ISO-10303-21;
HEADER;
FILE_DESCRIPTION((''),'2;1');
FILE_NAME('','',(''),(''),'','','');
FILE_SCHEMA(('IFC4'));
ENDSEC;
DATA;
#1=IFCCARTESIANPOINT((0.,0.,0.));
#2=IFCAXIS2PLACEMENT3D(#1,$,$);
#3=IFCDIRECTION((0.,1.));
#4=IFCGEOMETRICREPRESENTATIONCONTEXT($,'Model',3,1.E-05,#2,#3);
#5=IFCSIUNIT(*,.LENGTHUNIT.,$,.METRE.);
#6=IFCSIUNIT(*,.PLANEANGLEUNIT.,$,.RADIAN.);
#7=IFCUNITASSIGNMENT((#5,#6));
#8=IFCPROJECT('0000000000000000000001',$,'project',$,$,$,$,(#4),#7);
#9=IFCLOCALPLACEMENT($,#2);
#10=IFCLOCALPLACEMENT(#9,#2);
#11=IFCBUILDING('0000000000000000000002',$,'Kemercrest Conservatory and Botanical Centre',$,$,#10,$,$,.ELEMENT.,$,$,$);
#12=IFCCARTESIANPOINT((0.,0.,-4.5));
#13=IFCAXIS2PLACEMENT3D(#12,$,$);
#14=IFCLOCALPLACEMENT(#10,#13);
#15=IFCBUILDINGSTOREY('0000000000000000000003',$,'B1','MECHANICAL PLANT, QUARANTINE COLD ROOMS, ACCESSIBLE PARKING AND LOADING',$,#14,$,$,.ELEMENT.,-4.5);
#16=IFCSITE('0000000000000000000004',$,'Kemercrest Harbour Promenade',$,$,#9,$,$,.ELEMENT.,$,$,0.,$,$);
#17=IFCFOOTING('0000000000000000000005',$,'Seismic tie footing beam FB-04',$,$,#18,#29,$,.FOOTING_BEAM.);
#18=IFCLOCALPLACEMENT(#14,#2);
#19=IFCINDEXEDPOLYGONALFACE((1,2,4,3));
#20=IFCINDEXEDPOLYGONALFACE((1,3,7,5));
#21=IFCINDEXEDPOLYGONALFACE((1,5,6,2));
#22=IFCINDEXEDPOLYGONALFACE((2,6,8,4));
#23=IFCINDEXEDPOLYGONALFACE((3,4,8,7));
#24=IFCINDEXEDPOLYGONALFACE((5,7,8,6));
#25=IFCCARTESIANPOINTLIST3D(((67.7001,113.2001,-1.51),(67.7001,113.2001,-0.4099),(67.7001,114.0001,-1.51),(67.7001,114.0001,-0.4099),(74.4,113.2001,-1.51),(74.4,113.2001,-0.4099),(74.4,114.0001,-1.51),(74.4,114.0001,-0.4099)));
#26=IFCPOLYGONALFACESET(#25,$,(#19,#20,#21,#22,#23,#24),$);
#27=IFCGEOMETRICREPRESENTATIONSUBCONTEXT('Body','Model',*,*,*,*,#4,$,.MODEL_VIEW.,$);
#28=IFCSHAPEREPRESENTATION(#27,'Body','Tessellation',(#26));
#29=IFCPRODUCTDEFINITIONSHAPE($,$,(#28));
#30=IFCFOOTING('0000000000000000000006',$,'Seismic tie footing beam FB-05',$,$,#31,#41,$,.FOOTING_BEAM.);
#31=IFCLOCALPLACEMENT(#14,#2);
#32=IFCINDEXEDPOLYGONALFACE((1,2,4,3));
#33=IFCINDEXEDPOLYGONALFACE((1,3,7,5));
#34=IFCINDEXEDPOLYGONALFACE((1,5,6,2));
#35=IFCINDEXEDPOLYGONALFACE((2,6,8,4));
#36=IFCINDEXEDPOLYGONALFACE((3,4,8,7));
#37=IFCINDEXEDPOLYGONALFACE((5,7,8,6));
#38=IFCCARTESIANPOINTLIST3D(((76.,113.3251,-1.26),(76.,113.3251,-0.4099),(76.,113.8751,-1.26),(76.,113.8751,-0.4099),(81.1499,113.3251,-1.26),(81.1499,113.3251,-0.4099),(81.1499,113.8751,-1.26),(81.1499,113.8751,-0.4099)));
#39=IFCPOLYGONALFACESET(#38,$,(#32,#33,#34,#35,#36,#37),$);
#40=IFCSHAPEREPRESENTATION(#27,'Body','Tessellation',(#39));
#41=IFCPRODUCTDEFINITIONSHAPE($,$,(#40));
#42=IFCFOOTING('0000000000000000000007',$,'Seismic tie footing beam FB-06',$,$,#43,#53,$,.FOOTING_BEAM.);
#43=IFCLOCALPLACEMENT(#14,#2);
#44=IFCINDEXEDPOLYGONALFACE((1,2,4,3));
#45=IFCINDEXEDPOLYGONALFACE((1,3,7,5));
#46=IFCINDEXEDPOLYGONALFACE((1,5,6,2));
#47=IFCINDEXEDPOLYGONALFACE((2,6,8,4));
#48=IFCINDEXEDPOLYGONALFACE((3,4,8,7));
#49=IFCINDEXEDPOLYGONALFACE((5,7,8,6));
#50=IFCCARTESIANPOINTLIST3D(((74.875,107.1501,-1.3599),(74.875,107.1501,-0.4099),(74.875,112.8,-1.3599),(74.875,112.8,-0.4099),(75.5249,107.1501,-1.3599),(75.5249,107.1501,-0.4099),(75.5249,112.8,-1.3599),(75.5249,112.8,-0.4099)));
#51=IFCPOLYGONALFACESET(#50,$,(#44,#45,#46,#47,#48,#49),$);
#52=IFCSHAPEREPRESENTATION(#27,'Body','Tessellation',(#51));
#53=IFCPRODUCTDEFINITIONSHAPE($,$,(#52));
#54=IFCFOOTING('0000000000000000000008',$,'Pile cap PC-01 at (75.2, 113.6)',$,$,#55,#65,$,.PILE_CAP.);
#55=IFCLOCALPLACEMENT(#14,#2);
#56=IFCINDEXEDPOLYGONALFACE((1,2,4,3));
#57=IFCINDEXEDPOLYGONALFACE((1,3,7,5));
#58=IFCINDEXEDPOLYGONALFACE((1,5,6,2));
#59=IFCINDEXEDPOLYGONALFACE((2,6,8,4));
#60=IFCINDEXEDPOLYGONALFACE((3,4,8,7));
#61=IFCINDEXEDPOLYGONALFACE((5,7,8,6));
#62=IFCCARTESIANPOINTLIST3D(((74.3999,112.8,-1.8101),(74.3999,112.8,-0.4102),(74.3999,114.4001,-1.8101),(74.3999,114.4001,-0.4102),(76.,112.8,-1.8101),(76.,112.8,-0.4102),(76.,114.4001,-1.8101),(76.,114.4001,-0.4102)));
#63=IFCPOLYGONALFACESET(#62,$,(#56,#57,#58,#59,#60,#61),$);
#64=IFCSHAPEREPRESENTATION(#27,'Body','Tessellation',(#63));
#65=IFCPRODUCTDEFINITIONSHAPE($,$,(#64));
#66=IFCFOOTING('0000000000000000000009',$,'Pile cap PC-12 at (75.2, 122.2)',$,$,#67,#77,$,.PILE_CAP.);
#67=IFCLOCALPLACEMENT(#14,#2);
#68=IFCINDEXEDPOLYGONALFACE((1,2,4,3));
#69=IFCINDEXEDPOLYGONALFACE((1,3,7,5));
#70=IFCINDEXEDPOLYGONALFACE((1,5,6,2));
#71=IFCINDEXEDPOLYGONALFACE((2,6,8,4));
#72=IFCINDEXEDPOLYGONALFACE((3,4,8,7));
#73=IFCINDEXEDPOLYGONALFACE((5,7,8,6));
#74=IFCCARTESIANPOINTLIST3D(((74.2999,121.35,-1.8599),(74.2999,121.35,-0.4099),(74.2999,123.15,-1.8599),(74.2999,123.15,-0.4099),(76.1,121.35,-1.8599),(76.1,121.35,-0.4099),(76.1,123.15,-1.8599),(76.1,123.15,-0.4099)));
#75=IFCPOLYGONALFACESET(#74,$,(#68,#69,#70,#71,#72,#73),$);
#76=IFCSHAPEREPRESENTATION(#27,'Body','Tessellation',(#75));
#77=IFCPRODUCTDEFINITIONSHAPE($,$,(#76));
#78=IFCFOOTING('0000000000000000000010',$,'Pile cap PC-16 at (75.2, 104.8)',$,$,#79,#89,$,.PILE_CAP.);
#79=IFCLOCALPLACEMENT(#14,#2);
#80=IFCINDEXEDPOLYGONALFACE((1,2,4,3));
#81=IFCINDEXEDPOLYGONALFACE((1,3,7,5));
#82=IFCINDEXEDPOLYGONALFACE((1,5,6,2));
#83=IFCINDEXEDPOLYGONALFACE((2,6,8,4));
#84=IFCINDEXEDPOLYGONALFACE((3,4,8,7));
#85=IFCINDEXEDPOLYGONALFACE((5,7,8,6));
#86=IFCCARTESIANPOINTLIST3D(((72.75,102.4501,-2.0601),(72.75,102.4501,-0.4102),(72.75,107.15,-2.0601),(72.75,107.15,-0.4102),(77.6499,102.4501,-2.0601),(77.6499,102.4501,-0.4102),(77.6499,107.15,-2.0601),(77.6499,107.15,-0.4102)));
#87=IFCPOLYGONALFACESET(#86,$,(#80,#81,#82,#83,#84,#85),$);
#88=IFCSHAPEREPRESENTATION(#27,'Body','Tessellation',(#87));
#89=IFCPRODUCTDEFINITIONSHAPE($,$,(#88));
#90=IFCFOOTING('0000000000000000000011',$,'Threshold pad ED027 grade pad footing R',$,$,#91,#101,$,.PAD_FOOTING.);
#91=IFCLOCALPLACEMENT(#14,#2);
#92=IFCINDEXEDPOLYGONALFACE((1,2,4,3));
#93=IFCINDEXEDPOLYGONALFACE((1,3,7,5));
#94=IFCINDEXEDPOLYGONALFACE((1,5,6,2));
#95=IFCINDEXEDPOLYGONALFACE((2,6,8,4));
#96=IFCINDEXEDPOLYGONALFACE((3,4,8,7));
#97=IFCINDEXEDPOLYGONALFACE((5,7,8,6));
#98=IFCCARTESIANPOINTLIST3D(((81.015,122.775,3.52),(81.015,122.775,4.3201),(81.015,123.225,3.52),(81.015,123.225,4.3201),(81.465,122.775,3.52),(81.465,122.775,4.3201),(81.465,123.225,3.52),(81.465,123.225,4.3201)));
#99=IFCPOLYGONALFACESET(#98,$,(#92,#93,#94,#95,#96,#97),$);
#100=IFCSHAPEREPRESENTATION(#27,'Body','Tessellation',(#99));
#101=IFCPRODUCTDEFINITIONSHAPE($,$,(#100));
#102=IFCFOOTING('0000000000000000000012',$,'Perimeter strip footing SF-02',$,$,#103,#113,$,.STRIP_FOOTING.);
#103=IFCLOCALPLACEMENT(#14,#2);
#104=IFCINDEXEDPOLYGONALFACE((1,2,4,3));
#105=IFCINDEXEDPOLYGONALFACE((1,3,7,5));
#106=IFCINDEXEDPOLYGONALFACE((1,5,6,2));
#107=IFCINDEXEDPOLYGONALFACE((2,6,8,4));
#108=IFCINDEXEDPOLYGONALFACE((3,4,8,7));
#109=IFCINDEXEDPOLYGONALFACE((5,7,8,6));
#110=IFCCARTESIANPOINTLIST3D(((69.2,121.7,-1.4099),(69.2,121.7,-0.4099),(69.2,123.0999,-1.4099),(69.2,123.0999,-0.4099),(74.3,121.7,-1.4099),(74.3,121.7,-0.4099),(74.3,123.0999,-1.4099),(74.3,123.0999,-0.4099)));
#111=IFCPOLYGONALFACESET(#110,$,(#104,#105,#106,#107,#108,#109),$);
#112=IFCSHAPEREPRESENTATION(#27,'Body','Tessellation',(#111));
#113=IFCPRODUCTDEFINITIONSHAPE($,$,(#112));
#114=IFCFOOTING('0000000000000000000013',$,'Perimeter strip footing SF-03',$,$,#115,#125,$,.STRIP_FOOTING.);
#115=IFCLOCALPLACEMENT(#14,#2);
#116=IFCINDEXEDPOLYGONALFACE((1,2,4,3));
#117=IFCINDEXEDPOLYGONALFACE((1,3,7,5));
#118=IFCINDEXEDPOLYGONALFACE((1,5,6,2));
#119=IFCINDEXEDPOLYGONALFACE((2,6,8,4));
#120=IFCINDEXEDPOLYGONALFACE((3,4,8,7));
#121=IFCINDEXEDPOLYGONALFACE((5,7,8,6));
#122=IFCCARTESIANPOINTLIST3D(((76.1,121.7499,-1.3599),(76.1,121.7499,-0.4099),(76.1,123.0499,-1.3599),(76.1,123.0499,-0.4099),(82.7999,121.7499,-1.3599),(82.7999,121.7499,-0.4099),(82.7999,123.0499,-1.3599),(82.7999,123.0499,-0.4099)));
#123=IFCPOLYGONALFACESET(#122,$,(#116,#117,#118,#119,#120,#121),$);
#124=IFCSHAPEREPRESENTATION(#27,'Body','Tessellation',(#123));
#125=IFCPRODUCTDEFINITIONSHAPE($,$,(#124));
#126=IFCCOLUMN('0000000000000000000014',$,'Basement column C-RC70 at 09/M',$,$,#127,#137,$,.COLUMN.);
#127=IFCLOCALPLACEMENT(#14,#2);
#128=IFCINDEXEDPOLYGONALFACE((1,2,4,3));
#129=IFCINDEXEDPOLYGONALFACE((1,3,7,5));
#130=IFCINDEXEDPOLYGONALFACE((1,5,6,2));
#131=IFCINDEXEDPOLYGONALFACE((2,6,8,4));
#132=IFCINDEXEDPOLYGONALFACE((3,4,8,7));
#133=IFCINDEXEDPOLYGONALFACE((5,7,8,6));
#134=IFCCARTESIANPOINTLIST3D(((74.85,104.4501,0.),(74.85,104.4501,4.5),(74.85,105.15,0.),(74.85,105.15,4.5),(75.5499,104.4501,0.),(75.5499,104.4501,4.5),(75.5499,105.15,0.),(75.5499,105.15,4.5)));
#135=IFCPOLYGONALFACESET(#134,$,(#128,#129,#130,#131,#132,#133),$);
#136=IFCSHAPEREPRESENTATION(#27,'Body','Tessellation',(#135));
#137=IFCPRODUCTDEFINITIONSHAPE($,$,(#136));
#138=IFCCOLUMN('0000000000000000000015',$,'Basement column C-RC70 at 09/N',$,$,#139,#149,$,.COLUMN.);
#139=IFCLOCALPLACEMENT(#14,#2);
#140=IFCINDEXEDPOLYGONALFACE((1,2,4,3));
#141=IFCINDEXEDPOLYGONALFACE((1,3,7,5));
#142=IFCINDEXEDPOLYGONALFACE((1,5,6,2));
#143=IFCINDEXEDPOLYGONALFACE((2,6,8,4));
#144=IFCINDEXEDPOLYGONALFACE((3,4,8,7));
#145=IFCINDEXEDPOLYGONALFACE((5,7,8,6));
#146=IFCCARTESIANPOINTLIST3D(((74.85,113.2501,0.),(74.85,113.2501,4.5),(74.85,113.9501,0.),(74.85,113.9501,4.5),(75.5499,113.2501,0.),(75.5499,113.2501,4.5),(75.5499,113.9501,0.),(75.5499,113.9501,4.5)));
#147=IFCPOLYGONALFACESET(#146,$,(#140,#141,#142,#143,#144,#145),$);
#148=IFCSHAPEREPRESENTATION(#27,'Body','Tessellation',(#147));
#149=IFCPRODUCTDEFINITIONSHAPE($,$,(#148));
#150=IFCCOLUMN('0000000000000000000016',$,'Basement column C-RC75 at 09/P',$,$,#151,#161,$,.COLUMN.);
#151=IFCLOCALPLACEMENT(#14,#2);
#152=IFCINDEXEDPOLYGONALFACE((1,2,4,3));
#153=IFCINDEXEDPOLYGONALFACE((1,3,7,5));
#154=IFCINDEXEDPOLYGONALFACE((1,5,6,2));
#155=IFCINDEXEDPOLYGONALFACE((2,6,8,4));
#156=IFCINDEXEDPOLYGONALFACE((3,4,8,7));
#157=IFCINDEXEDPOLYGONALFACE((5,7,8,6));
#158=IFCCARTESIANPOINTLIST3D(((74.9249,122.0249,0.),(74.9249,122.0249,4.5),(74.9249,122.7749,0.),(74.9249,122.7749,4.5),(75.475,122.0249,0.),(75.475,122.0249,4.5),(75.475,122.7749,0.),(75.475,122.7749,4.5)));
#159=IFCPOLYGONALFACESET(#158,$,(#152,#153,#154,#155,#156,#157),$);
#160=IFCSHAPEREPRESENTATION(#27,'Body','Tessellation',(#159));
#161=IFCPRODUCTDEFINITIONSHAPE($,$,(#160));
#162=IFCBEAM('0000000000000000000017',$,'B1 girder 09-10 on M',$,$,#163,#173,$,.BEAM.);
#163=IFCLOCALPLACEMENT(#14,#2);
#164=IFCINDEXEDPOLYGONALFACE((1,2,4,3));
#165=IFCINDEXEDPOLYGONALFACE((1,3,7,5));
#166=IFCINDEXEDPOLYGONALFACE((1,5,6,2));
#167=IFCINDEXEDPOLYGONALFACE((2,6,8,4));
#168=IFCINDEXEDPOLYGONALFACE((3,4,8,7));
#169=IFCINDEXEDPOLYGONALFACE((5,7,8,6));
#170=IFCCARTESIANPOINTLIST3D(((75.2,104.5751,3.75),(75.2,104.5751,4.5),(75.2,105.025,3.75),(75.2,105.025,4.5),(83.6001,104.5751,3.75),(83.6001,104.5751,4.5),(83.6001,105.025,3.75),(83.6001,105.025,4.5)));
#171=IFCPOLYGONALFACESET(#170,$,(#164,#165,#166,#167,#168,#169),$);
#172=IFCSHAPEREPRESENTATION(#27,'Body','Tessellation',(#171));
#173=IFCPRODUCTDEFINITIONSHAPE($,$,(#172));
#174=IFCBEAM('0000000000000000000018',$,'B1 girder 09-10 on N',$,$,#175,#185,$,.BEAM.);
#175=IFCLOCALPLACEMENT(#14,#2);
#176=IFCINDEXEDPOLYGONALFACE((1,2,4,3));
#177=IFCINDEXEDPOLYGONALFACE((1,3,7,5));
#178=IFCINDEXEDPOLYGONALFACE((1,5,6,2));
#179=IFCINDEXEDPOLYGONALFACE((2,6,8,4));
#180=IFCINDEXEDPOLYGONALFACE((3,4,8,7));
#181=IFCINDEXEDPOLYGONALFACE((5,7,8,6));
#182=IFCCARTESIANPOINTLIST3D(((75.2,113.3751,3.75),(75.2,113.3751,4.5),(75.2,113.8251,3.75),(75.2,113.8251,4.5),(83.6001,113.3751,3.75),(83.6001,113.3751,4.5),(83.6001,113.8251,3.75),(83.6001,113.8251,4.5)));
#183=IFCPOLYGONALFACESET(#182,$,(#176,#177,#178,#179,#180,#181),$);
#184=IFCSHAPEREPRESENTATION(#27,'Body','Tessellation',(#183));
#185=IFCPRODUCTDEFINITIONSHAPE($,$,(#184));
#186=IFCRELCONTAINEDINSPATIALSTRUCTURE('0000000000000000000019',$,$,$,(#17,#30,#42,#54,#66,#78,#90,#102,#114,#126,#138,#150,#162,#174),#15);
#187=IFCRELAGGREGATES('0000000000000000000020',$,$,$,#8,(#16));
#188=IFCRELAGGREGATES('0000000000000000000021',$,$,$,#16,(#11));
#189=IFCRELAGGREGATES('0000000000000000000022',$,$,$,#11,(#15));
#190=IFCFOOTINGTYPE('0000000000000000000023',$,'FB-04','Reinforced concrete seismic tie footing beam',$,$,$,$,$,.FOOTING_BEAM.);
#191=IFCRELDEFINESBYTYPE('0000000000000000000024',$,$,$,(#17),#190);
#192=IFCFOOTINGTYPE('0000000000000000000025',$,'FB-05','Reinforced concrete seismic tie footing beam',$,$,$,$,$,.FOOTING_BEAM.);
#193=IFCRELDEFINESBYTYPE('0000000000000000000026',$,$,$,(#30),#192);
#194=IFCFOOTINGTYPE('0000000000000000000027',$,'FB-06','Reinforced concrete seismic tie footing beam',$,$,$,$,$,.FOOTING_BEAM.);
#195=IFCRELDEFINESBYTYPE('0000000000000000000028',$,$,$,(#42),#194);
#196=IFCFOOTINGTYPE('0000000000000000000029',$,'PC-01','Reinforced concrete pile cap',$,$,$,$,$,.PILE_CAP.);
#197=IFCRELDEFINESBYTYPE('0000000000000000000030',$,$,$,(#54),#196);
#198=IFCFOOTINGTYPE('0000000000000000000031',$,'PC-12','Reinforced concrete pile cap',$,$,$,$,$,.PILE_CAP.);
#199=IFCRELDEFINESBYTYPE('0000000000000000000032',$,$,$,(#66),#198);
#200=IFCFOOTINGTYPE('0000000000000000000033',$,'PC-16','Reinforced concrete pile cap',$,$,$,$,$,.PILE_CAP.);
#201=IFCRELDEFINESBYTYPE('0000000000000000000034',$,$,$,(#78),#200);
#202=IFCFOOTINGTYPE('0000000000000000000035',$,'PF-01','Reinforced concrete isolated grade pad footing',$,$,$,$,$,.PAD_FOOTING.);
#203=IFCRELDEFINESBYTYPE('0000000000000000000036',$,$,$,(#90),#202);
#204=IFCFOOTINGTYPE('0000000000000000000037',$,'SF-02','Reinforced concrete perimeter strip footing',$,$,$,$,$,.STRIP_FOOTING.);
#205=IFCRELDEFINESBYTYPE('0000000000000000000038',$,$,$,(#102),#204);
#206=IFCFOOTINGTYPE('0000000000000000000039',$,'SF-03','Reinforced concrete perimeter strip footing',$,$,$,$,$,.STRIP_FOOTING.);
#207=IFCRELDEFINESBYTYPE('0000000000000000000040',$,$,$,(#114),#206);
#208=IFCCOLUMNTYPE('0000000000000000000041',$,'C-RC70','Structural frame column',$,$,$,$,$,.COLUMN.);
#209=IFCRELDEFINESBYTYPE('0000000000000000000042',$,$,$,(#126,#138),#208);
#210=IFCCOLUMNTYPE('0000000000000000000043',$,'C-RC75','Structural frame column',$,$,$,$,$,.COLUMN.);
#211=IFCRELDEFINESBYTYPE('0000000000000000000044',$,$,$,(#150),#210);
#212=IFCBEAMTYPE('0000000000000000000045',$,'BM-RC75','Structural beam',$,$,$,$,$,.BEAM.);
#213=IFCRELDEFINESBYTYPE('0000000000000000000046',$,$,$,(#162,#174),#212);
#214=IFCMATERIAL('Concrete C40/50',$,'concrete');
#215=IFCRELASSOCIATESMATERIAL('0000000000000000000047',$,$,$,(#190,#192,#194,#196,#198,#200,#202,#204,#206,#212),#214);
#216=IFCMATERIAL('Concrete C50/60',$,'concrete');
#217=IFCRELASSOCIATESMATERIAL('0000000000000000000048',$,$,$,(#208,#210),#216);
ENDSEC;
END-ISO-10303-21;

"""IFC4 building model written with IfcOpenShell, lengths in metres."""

from ifc_helpers import new_model, si_unit, direction, frame, origin, origin_2d, place, context, subcontext, project, spatial, rectangle, extrude, material, material_profile, profile_set, type_object, element, save


model = new_model("IFC4")

# Units and contexts
model_context = context("Model", 3, precision=1e-05, world=origin(), true_north=direction((0.0, 1.0)))
body_context = subcontext(model_context, "Body", "Model", "MODEL_VIEW")
ifc_project = project(units=[si_unit("LENGTHUNIT", "METRE"), si_unit("PLANEANGLEUNIT", "RADIAN")], contexts=[model_context])

# Site, building, storey
site_placement = place(None, origin())
site = spatial("IfcSite", under=ifc_project, at=site_placement, Name="Kemercrest Harbour Promenade", CompositionType="ELEMENT", RefElevation=0.0)
building_placement = place(site_placement, origin())
building = spatial("IfcBuilding", under=site, at=building_placement, Name="Kemercrest Conservatory and Botanical Centre", CompositionType="ELEMENT")
storey_placement = place(building_placement, frame((0.0, 0.0, -4.5)))
storey = spatial("IfcBuildingStorey", under=building, at=storey_placement, Name="B1", Description="MECHANICAL PLANT, QUARANTINE COLD ROOMS, ACCESSIBLE PARKING AND LOADING", CompositionType="ELEMENT", Elevation=-4.5)

# Shared definitions
ifc_material_1 = material(Name="Concrete C40/50", Category="concrete")

# Footings
footing_type_1 = type_object("IfcFootingType", Name="FB-04", Description="Reinforced concrete seismic tie footing beam", PredefinedType="FOOTING_BEAM", material=ifc_material_1)
footing_1_placement = place(storey_placement, frame((71.05, 113.6001, -1.51), z_axis=(0.0, 0.0, 1.0), x_axis=(1.0, 0.0, 0.0)))
element("IfcFooting", 1, at=footing_1_placement, inside=storey, type_object=footing_type_1, Name="Seismic tie footing beam FB-04", PredefinedType="FOOTING_BEAM", context=body_context, shape_type="SweptSolid", body=[
    extrude(rectangle(XDim=6.7, YDim=0.8, at=origin_2d()), origin(), (0.0, 0.0, 1.0), 1.1001),
])
footing_type_2 = type_object("IfcFootingType", Name="FB-05", Description="Reinforced concrete seismic tie footing beam", PredefinedType="FOOTING_BEAM", material=ifc_material_1)
footing_2_placement = place(storey_placement, frame((78.575, 113.6001, -1.26), z_axis=(0.0, 0.0, 1.0), x_axis=(1.0, 0.0, 0.0)))
element("IfcFooting", 2, at=footing_2_placement, inside=storey, type_object=footing_type_2, Name="Seismic tie footing beam FB-05", PredefinedType="FOOTING_BEAM", context=body_context, shape_type="SweptSolid", body=[
    extrude(rectangle(XDim=5.1499, YDim=0.55, at=origin_2d()), origin(), (0.0, 0.0, 1.0), 0.8501),
])
footing_type_3 = type_object("IfcFootingType", Name="FB-06", Description="Reinforced concrete seismic tie footing beam", PredefinedType="FOOTING_BEAM", material=ifc_material_1)
footing_3_placement = place(storey_placement, frame((75.2, 109.9751, -1.3599), z_axis=(0.0, 0.0, 1.0), x_axis=(1.0, 0.0, 0.0)))
element("IfcFooting", 3, at=footing_3_placement, inside=storey, type_object=footing_type_3, Name="Seismic tie footing beam FB-06", PredefinedType="FOOTING_BEAM", context=body_context, shape_type="SweptSolid", body=[
    extrude(rectangle(XDim=0.6499, YDim=5.6499, at=origin_2d()), origin(), (0.0, 0.0, 1.0), 0.95),
])
footing_type_4 = type_object("IfcFootingType", Name="PC-01", Description="Reinforced concrete pile cap", PredefinedType="PILE_CAP", material=ifc_material_1)
footing_4_placement = place(storey_placement, frame((75.2, 113.6001, -1.8101), z_axis=(0.0, 0.0, 1.0), x_axis=(1.0, 0.0, 0.0)))
element("IfcFooting", 4, at=footing_4_placement, inside=storey, type_object=footing_type_4, Name="Pile cap PC-01 at (75.2, 113.6)", PredefinedType="PILE_CAP", context=body_context, shape_type="SweptSolid", body=[
    extrude(rectangle(XDim=1.6001, YDim=1.6001, at=origin_2d()), origin(), (0.0, 0.0, 1.0), 1.3999),
])
footing_type_5 = type_object("IfcFootingType", Name="PC-12", Description="Reinforced concrete pile cap", PredefinedType="PILE_CAP", material=ifc_material_1)
footing_5_placement = place(storey_placement, frame((75.2, 122.25, -1.8599), z_axis=(0.0, 0.0, 1.0), x_axis=(1.0, 0.0, 0.0)))
element("IfcFooting", 5, at=footing_5_placement, inside=storey, type_object=footing_type_5, Name="Pile cap PC-12 at (75.2, 122.2)", PredefinedType="PILE_CAP", context=body_context, shape_type="SweptSolid", body=[
    extrude(rectangle(XDim=1.8, YDim=1.8, at=origin_2d()), origin(), (0.0, 0.0, 1.0), 1.45),
])
footing_type_6 = type_object("IfcFootingType", Name="PC-16", Description="Reinforced concrete pile cap", PredefinedType="PILE_CAP", material=ifc_material_1)
footing_6_placement = place(storey_placement, frame((75.2, 104.8, -2.0601), z_axis=(0.0, 0.0, 1.0), x_axis=(1.0, 0.0, 0.0)))
element("IfcFooting", 6, at=footing_6_placement, inside=storey, type_object=footing_type_6, Name="Pile cap PC-16 at (75.2, 104.8)", PredefinedType="PILE_CAP", context=body_context, shape_type="SweptSolid", body=[
    extrude(rectangle(XDim=4.8999, YDim=4.7, at=origin_2d()), origin(), (0.0, 0.0, 1.0), 1.6499),
])
footing_type_7 = type_object("IfcFootingType", Name="PF-01", Description="Reinforced concrete isolated grade pad footing", PredefinedType="PAD_FOOTING", material=ifc_material_1)
footing_7_placement = place(storey_placement, frame((81.24, 123.0, 3.52), z_axis=(0.0, 0.0, 1.0), x_axis=(-1.0, 0.0, 0.0)))
element("IfcFooting", 7, at=footing_7_placement, inside=storey, type_object=footing_type_7, Name="Threshold pad ED027 grade pad footing R", PredefinedType="PAD_FOOTING", context=body_context, shape_type="SweptSolid", body=[
    extrude(rectangle(XDim=0.45, YDim=0.45, at=origin_2d()), origin(), (0.0, 0.0, 1.0), 0.8),
])
footing_type_8 = type_object("IfcFootingType", Name="SF-02", Description="Reinforced concrete perimeter strip footing", PredefinedType="STRIP_FOOTING", material=ifc_material_1)
footing_8_placement = place(storey_placement, frame((71.75, 122.3999, -1.4099), z_axis=(0.0, 0.0, 1.0), x_axis=(1.0, 0.0, 0.0)))
element("IfcFooting", 8, at=footing_8_placement, inside=storey, type_object=footing_type_8, Name="Perimeter strip footing SF-02", PredefinedType="STRIP_FOOTING", context=body_context, shape_type="SweptSolid", body=[
    extrude(rectangle(XDim=5.1001, YDim=1.3999, at=origin_2d()), origin(), (0.0, 0.0, 1.0), 1.0),
])
footing_type_9 = type_object("IfcFootingType", Name="SF-03", Description="Reinforced concrete perimeter strip footing", PredefinedType="STRIP_FOOTING", material=ifc_material_1)
footing_9_placement = place(storey_placement, frame((79.45, 122.3999, -1.3599), z_axis=(0.0, 0.0, 1.0), x_axis=(1.0, 0.0, 0.0)))
element("IfcFooting", 9, at=footing_9_placement, inside=storey, type_object=footing_type_9, Name="Perimeter strip footing SF-03", PredefinedType="STRIP_FOOTING", context=body_context, shape_type="SweptSolid", body=[
    extrude(rectangle(XDim=6.7, YDim=1.3, at=origin_2d()), origin(), (0.0, 0.0, 1.0), 0.95),
])

# Columns
ifc_material_2 = material(Name="Concrete C50/60", Category="concrete")
ifc_material_profile_1 = material_profile(ifc_material_2, rectangle(XDim=0.7, YDim=0.7, at=origin_2d()), Name="RC 700x700")
ifc_profile_set_1 = profile_set([ifc_material_profile_1], Name="Concrete C50/60")
column_type_1 = type_object("IfcColumnType", Name="C-RC70", Description="Structural frame column", PredefinedType="COLUMN", material=ifc_profile_set_1)
for number, where, z_axis, x_axis, name in (
    (10, (75.2, 104.8, 0.0), (0.0, 0.0, 1.0), (1.0, 0.0, 0.0), "Basement column C-RC70 at 09/M"),
    (11, (75.2, 113.6001, 0.0), (0.0, 0.0, 1.0), (1.0, 0.0, 0.0), "Basement column C-RC70 at 09/N"),
):
    element("IfcColumn", number, at=place(storey_placement, frame(where, z_axis=z_axis, x_axis=x_axis)), inside=storey, type_object=column_type_1, Name=name, PredefinedType="COLUMN", context=body_context, shape_type="SweptSolid", body=[
        extrude(rectangle(XDim=0.7, YDim=0.7, at=origin_2d()), origin(), (0.0, 0.0, 1.0), 4.5),
    ])
ifc_material_profile_2 = material_profile(ifc_material_2, rectangle(XDim=0.55, YDim=0.75, at=origin_2d()), Name="RC 750x550")
ifc_profile_set_2 = profile_set([ifc_material_profile_2], Name="Concrete C50/60")
column_type_2 = type_object("IfcColumnType", Name="C-RC75", Description="Structural frame column", PredefinedType="COLUMN", material=ifc_profile_set_2)
column_placement = place(storey_placement, frame((75.2, 122.3999, 0.0), z_axis=(0.0, 0.0, 1.0), x_axis=(1.0, 0.0, 0.0)))
element("IfcColumn", 12, at=column_placement, inside=storey, type_object=column_type_2, Name="Basement column C-RC75 at 09/P", PredefinedType="COLUMN", context=body_context, shape_type="SweptSolid", body=[
    extrude(rectangle(XDim=0.55, YDim=0.75, at=origin_2d()), origin(), (0.0, 0.0, 1.0), 4.5),
])

# Beams
ifc_material_profile_3 = material_profile(ifc_material_1, rectangle(XDim=0.45, YDim=0.75, at=origin_2d()), Name="RC 450x750")
ifc_profile_set_3 = profile_set([ifc_material_profile_3], Name="Concrete C40/50")
beam_type = type_object("IfcBeamType", Name="BM-RC75", Description="Structural beam", PredefinedType="BEAM", material=ifc_profile_set_3)
for number, where, z_axis, x_axis, name in (
    (13, (75.2, 104.8, 4.125), (1.0, 0.0, 0.0), (0.0, 1.0, 0.0), "B1 girder 09-10 on M"),
    (14, (75.2, 113.6001, 4.125), (1.0, 0.0, 0.0), (0.0, 1.0, 0.0), "B1 girder 09-10 on N"),
):
    element("IfcBeam", number, at=place(storey_placement, frame(where, z_axis=z_axis, x_axis=x_axis)), inside=storey, type_object=beam_type, Name=name, PredefinedType="BEAM", context=body_context, shape_type="SweptSolid", body=[
        extrude(rectangle(XDim=0.45, YDim=0.75, at=origin_2d()), origin(), (0.0, 0.0, 1.0), 8.4001),
    ])

save(model, "model.ifc")
